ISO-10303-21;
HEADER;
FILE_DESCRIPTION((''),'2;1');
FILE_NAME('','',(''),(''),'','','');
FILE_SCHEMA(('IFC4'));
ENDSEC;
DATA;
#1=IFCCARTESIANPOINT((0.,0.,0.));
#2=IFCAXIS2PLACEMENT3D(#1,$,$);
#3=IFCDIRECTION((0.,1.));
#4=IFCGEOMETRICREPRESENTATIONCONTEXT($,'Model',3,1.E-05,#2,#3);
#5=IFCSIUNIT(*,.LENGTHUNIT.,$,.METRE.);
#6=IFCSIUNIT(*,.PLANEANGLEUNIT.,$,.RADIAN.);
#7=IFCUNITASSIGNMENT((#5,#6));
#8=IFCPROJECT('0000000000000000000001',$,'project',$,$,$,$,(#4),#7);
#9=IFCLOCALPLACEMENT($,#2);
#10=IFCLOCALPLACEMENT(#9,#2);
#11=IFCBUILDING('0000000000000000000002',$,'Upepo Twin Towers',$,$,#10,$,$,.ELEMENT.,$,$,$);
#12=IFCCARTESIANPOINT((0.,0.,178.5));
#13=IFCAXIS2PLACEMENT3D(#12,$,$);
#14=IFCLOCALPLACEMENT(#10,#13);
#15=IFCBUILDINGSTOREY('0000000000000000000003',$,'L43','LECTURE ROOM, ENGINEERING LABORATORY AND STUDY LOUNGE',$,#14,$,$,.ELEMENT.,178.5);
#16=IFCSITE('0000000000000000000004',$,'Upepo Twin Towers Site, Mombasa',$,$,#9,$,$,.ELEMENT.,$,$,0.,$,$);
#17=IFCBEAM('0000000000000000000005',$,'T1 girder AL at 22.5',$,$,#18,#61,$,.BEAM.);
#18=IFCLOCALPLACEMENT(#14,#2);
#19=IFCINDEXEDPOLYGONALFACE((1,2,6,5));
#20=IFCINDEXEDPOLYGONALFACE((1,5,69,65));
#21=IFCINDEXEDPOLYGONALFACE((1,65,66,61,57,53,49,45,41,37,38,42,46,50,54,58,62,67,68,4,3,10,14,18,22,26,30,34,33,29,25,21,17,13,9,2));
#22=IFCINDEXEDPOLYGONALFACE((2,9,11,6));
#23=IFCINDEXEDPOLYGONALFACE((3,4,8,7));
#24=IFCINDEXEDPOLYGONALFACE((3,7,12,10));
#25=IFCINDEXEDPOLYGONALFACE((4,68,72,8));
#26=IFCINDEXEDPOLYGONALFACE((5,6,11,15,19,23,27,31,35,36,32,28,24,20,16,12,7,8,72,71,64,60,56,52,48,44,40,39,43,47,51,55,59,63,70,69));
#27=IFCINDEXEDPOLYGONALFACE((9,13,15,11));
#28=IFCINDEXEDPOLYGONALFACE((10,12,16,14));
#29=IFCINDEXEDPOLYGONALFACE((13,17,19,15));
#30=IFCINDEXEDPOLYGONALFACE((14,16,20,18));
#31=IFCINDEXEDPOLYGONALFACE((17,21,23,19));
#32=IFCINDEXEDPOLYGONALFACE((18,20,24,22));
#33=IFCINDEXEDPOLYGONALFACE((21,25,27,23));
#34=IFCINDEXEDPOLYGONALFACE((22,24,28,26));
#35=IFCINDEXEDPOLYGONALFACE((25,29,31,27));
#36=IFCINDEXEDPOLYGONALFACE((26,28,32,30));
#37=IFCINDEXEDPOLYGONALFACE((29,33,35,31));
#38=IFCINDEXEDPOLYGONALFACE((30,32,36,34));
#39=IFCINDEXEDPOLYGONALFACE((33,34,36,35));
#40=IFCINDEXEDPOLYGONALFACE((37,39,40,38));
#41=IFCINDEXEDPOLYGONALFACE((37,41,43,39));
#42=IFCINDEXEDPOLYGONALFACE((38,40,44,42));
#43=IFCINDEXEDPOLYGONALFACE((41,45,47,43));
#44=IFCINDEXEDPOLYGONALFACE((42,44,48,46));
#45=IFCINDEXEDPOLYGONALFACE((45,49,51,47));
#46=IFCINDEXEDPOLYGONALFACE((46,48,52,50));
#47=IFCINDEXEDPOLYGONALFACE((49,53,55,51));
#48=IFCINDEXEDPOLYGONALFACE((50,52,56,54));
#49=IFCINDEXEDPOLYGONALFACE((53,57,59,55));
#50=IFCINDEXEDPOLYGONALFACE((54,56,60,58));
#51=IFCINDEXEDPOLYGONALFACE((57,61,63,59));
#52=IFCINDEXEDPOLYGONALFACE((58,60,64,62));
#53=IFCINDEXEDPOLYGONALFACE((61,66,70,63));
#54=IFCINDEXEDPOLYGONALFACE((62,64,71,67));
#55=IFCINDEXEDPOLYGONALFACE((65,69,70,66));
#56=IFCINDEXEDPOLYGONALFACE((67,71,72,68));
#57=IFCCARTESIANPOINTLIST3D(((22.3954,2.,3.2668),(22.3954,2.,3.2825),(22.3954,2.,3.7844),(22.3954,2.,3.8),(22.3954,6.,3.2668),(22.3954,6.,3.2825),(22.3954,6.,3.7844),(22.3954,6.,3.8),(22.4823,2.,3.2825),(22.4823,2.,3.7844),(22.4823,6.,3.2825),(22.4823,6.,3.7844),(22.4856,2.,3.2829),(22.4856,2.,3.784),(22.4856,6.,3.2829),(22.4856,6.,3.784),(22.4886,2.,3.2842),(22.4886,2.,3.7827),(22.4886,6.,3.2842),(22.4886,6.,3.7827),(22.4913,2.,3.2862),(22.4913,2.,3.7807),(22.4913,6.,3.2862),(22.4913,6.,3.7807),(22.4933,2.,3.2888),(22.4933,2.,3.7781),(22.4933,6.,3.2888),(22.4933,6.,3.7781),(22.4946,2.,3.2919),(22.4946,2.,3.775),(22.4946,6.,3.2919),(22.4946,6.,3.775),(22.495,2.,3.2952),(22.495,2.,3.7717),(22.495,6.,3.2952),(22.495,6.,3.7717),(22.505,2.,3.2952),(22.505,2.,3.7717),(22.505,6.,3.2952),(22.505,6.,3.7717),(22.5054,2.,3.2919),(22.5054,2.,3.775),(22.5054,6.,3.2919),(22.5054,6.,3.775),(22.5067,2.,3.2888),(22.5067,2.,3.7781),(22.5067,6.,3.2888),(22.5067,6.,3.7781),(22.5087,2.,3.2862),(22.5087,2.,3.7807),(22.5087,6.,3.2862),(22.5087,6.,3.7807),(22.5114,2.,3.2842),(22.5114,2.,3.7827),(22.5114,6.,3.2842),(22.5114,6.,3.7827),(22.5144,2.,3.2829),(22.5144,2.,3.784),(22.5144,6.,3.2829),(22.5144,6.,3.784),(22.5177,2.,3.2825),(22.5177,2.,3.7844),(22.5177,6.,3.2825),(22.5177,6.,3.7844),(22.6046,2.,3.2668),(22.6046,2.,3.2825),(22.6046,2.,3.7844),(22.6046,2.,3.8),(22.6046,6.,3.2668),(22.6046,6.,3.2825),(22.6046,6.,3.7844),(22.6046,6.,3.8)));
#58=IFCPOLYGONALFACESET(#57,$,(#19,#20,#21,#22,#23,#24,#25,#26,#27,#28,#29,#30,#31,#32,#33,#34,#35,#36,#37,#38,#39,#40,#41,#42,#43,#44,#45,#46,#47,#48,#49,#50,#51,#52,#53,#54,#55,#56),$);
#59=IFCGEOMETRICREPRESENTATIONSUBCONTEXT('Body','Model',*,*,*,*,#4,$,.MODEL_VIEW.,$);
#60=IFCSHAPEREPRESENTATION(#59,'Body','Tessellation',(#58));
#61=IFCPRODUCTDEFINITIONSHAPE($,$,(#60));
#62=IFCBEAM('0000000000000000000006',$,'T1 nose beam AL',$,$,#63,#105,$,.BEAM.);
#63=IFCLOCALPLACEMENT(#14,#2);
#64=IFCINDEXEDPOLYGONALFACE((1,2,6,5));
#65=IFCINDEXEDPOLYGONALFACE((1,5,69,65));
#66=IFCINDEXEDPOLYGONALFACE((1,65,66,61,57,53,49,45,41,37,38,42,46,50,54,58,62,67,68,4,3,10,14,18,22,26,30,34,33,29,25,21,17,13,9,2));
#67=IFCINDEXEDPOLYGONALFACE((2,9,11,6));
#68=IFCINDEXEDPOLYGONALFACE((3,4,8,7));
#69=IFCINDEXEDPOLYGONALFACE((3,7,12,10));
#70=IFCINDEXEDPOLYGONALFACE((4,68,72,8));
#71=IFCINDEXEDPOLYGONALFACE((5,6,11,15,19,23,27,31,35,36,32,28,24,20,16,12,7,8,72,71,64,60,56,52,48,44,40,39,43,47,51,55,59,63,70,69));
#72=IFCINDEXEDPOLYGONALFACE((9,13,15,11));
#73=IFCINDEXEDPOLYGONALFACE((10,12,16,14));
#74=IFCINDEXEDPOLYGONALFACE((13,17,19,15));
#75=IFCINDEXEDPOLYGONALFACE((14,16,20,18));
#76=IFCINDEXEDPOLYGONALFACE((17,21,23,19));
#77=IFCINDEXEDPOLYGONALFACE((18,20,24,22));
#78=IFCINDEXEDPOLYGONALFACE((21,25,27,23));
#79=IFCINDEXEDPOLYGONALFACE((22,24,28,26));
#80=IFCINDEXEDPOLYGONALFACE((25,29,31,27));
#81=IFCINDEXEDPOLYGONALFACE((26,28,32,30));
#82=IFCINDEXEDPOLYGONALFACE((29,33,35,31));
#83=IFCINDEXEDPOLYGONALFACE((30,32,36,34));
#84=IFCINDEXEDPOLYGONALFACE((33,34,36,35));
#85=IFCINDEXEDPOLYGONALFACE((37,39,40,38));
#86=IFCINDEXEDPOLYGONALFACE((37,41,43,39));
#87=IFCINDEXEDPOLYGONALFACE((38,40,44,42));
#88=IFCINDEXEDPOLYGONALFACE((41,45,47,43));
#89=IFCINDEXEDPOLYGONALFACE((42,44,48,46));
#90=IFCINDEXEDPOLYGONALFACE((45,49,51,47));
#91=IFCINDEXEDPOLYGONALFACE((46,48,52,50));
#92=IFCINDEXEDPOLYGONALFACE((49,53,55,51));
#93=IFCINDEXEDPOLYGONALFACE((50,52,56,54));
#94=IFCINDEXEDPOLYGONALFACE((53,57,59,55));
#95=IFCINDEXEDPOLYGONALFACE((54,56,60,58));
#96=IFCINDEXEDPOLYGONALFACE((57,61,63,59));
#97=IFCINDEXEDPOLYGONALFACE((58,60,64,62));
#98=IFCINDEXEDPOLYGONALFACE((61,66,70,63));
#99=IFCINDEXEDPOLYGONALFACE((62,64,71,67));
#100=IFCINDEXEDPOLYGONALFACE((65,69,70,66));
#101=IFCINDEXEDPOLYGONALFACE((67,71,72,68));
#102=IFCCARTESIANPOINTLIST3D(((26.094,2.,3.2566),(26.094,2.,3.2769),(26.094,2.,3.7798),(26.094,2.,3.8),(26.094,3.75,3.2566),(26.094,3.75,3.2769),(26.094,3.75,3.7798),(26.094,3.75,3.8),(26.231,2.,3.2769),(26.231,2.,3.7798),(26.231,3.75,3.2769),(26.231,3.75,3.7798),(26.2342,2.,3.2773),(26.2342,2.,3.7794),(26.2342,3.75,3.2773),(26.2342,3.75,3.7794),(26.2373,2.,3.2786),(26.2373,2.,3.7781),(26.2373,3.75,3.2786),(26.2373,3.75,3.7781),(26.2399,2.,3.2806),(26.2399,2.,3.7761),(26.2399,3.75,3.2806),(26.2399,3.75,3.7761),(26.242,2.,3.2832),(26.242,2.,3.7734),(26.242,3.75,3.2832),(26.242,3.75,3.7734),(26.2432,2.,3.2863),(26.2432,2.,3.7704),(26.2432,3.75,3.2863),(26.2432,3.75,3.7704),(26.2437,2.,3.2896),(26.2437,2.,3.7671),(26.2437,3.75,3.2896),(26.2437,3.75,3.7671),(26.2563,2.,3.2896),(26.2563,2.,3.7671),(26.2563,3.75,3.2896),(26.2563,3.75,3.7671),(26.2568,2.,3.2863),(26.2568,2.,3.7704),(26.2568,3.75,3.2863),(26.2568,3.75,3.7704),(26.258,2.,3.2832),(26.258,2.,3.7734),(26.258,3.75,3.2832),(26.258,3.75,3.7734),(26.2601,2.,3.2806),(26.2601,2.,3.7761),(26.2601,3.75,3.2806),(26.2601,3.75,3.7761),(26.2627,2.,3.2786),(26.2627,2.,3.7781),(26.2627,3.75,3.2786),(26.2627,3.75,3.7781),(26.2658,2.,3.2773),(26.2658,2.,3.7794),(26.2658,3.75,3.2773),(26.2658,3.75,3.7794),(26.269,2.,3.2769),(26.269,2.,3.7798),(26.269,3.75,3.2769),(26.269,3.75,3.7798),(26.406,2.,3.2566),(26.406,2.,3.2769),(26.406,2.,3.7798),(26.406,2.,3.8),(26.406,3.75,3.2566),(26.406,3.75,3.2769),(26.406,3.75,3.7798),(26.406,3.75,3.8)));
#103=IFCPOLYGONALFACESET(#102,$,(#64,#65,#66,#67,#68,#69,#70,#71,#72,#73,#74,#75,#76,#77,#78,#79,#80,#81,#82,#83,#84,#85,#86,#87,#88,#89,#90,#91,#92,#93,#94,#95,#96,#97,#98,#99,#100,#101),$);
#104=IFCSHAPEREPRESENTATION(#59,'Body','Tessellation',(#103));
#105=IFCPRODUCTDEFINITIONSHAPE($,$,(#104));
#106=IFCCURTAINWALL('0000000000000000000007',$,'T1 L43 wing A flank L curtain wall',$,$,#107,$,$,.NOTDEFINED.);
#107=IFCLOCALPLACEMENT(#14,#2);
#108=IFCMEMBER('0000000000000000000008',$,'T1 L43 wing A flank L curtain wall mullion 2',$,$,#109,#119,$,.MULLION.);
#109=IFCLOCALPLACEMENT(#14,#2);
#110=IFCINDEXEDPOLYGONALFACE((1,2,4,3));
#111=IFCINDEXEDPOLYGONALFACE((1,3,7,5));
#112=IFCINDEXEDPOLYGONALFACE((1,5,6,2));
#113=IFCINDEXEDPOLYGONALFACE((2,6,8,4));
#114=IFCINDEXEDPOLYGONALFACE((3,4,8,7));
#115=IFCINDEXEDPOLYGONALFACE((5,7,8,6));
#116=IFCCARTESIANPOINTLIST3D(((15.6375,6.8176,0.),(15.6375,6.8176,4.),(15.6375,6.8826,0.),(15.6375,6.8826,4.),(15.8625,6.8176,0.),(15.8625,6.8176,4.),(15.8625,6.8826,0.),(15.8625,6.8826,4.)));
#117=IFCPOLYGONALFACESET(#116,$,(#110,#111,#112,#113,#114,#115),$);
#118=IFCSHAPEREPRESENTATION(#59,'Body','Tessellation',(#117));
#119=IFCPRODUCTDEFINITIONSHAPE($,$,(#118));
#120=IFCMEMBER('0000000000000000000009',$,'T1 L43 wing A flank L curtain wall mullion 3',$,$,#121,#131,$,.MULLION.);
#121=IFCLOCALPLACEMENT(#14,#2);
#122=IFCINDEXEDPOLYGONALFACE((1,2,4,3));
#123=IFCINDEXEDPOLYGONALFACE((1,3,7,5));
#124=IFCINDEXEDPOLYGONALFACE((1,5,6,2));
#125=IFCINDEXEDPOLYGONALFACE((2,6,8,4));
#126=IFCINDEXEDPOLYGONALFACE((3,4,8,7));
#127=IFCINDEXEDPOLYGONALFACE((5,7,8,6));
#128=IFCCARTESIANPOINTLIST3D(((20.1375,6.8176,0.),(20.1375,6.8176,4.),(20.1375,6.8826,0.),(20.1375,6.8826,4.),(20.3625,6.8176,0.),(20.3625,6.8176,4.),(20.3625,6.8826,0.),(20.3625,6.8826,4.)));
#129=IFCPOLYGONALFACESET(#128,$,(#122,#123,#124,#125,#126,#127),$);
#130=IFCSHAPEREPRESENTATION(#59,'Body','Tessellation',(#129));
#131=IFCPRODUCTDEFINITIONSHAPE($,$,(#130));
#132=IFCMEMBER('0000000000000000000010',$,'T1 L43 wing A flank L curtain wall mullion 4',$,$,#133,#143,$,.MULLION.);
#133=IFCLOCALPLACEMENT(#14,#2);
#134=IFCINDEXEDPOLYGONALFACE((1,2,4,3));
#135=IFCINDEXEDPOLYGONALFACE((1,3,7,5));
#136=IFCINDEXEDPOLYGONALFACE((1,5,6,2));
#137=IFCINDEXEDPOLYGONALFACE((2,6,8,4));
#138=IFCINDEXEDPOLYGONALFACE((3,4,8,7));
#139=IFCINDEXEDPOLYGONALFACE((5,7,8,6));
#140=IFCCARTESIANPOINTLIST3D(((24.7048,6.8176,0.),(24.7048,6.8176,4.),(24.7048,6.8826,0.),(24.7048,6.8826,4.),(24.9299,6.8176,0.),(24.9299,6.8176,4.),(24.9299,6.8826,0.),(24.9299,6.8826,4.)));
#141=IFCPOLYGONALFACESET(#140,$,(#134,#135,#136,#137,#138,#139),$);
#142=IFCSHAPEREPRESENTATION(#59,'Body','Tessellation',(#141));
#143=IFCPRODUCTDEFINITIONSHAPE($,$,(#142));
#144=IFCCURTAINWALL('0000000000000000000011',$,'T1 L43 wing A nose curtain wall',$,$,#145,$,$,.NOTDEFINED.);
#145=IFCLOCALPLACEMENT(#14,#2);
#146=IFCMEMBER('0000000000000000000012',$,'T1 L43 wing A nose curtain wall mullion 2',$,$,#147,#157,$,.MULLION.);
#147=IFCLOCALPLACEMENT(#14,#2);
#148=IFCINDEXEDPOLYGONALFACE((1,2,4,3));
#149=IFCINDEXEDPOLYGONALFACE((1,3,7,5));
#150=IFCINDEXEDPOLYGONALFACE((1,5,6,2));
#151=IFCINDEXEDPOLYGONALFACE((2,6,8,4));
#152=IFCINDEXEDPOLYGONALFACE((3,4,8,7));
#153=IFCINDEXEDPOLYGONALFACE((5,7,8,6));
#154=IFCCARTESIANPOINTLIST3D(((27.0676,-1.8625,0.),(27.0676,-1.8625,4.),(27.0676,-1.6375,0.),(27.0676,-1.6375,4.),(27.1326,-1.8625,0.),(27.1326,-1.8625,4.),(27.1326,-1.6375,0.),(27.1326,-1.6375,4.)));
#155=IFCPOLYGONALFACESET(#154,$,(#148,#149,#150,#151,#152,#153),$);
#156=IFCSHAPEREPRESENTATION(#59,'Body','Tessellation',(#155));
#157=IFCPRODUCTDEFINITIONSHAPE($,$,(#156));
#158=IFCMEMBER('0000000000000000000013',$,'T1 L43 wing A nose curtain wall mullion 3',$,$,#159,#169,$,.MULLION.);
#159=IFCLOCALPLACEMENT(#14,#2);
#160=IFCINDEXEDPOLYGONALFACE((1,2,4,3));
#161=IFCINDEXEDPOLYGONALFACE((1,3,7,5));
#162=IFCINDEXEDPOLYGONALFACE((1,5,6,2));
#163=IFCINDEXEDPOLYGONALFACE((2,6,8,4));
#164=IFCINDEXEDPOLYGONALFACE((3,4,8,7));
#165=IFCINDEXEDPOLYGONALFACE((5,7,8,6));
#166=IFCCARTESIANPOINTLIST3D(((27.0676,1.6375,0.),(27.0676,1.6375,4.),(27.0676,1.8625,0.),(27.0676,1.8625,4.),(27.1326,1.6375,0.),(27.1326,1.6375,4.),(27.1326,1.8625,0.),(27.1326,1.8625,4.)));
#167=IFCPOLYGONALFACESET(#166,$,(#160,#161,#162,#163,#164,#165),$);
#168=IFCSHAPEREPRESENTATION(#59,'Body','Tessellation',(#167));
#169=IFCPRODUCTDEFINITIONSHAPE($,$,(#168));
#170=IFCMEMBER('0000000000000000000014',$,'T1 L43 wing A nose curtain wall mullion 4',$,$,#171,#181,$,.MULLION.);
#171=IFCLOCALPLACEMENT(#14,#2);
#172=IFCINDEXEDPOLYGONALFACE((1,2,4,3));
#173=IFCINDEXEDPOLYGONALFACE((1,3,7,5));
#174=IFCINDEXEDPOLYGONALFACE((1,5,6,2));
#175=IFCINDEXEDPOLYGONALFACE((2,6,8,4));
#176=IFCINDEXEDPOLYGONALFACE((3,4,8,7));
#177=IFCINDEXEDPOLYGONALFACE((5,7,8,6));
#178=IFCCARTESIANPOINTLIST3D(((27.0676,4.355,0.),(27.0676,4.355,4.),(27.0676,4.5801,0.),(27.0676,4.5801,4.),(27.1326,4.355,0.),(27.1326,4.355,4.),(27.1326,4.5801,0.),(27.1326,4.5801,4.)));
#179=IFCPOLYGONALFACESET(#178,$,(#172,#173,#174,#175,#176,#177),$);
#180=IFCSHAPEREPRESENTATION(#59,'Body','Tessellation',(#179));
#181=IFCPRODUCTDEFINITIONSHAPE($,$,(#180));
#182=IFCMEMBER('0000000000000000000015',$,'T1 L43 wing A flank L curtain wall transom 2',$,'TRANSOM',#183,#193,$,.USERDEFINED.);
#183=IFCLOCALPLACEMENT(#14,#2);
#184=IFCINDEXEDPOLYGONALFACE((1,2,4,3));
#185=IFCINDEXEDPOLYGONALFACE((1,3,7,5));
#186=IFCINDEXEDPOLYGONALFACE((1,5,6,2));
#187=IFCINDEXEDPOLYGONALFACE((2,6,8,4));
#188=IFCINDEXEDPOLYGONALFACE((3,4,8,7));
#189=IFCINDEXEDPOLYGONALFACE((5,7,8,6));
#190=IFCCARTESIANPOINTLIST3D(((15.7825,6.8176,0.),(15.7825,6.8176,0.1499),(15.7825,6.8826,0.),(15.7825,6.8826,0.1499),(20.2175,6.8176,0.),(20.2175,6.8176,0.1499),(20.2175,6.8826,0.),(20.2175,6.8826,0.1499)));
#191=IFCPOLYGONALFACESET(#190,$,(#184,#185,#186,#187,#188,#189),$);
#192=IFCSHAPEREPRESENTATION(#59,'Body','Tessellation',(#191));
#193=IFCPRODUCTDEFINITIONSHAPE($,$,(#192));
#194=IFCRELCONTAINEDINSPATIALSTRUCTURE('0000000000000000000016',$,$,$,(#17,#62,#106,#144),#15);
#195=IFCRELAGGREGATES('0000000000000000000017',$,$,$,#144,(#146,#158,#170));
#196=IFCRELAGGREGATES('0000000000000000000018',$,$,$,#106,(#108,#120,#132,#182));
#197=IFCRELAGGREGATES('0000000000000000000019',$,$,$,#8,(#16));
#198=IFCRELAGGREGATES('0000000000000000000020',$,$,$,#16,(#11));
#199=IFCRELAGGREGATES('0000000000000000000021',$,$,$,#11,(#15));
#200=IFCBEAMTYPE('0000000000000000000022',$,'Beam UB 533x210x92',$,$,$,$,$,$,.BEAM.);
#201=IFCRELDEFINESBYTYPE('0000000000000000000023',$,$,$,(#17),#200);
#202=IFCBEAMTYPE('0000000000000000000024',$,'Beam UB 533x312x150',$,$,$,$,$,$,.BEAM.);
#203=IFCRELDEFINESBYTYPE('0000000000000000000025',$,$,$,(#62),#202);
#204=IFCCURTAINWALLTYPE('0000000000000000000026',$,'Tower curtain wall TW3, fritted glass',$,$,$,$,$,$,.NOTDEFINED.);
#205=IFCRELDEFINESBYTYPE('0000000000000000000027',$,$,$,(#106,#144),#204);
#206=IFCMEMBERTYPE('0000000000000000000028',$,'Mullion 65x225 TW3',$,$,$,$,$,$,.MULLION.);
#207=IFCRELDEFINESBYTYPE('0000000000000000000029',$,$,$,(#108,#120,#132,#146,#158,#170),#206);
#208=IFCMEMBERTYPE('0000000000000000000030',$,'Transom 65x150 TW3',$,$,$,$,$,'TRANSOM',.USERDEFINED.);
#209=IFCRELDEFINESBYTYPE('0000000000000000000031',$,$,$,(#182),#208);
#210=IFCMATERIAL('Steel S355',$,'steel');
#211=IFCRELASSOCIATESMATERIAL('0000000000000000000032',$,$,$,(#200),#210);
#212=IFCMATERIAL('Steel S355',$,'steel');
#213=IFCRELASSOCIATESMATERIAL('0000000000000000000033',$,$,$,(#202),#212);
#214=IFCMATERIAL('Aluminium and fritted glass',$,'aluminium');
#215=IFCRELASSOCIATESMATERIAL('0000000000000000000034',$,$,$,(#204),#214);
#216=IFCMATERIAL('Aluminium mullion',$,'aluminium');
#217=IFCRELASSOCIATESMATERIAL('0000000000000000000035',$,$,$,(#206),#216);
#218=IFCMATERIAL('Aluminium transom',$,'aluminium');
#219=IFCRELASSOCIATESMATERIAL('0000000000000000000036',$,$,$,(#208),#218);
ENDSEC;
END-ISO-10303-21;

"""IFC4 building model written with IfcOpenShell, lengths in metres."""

from ifc_helpers import new_model, si_unit, direction, frame, origin, origin_2d, place, context, subcontext, project, spatial, rectangle, i_section, extrude, material, material_profile, profile_set, type_object, element, aggregate, save


model = new_model("IFC4")

# Units and contexts
model_context = context("Model", 3, precision=1e-05, world=origin(), true_north=direction((0.0, 1.0)))
body_context = subcontext(model_context, "Body", "Model", "MODEL_VIEW")
ifc_project = project(units=[si_unit("LENGTHUNIT", "METRE"), si_unit("PLANEANGLEUNIT", "RADIAN")], contexts=[model_context])

# Site, building, storey
site_placement = place(None, origin())
site = spatial("IfcSite", under=ifc_project, at=site_placement, Name="Upepo Twin Towers Site, Mombasa", CompositionType="ELEMENT", RefElevation=0.0)
building_placement = place(site_placement, origin())
building = spatial("IfcBuilding", under=site, at=building_placement, Name="Upepo Twin Towers", CompositionType="ELEMENT")
storey_placement = place(building_placement, frame((0.0, 0.0, 178.5)))
storey = spatial("IfcBuildingStorey", under=building, at=storey_placement, Name="L43", Description="LECTURE ROOM, ENGINEERING LABORATORY AND STUDY LOUNGE", CompositionType="ELEMENT", Elevation=178.5)

# Beams
ifc_material_1 = material(Name="Steel S355", Category="steel")
ifc_material_profile_1 = material_profile(ifc_material_1, i_section(OverallWidth=0.2092, OverallDepth=0.5332, WebThickness=0.01, FlangeThickness=0.0156, FilletRadius=0.0127, at=origin_2d()), Name="UB 533x210x92")
ifc_profile_set_1 = profile_set([ifc_material_profile_1], Name="Steel S355")
beam_type_1 = type_object("IfcBeamType", Name="Beam UB 533x210x92", PredefinedType="BEAM", material=ifc_profile_set_1)
for number, where, z_axis, x_axis, name in (
    (1, (22.5, 6.0, 3.5334), (0.0, -1.0, 0.0), (1.0, 0.0, 0.0), "T1 girder AL at 22.5"),
):
    element("IfcBeam", number, at=place(storey_placement, frame(where, z_axis=z_axis, x_axis=x_axis)), inside=storey, type_object=beam_type_1, Name=name, PredefinedType="BEAM", context=body_context, shape_type="SweptSolid", body=[
        extrude(i_section(OverallWidth=0.2092, OverallDepth=0.5332, WebThickness=0.01, FlangeThickness=0.0156, FilletRadius=0.0127, at=origin_2d()), origin(), (0.0, 0.0, 1.0), 4.0),
    ])
ifc_material_2 = material(Name="Steel S355", Category="steel")
ifc_material_profile_2 = material_profile(ifc_material_2, i_section(OverallWidth=0.312, OverallDepth=0.5435, WebThickness=0.0127, FlangeThickness=0.0203, FilletRadius=0.0127, at=origin_2d()), Name="UB 533x312x150")
ifc_profile_set_2 = profile_set([ifc_material_profile_2], Name="Steel S355")
beam_type_2 = type_object("IfcBeamType", Name="Beam UB 533x312x150", PredefinedType="BEAM", material=ifc_profile_set_2)
beam_1_placement = place(storey_placement, frame((26.25, 3.75, 3.5283), z_axis=(0.0, -1.0, 0.0), x_axis=(1.0, 0.0, 0.0)))
element("IfcBeam", 2, at=beam_1_placement, inside=storey, type_object=beam_type_2, Name="T1 nose beam AL", PredefinedType="BEAM", context=body_context, shape_type="SweptSolid", body=[
    extrude(i_section(OverallWidth=0.312, OverallDepth=0.5435, WebThickness=0.0127, FlangeThickness=0.0203, FilletRadius=0.0127, at=origin_2d()), origin(), (0.0, 0.0, 1.0), 1.75),
])

# Curtain walls, members
ifc_material_3 = material(Name="Aluminium and fritted glass", Category="aluminium")
curtain_wall_type = type_object("IfcCurtainWallType", Name="Tower curtain wall TW3, fritted glass", PredefinedType="NOTDEFINED", material=ifc_material_3)
curtain_wall_1_placement = place(storey_placement, origin())
curtain_wall_1 = element("IfcCurtainWall", 3, at=curtain_wall_1_placement, inside=storey, type_object=curtain_wall_type, Name="T1 L43 wing A flank L curtain wall", PredefinedType="NOTDEFINED")
ifc_material_4 = material(Name="Aluminium mullion", Category="aluminium")
ifc_material_profile_3 = material_profile(ifc_material_4, rectangle(XDim=0.0649, YDim=0.2251, at=origin_2d()), Name="MULLION 65x225")
ifc_profile_set_3 = profile_set([ifc_material_profile_3], Name="Aluminium mullion")
member_type_1 = type_object("IfcMemberType", Name="Mullion 65x225 TW3", PredefinedType="MULLION", material=ifc_profile_set_3)
member_1_placement = place(storey_placement, frame((15.75, 6.8501, 0.0), z_axis=(0.0, 0.0, 1.0), x_axis=(0.0, 1.0, 0.0)))
member_1 = element("IfcMember", 4, at=member_1_placement, type_object=member_type_1, Name="T1 L43 wing A flank L curtain wall mullion 2", PredefinedType="MULLION", context=body_context, shape_type="SweptSolid", body=[
    extrude(rectangle(XDim=0.0649, YDim=0.2251, at=origin_2d()), origin(), (0.0, 0.0, 1.0), 4.0),
])
member_2_placement = place(storey_placement, frame((20.25, 6.8501, 0.0), z_axis=(0.0, 0.0, 1.0), x_axis=(0.0, 1.0, 0.0)))
member_2 = element("IfcMember", 5, at=member_2_placement, type_object=member_type_1, Name="T1 L43 wing A flank L curtain wall mullion 3", PredefinedType="MULLION", context=body_context, shape_type="SweptSolid", body=[
    extrude(rectangle(XDim=0.0649, YDim=0.2251, at=origin_2d()), origin(), (0.0, 0.0, 1.0), 4.0),
])
member_3_placement = place(storey_placement, frame((24.8174, 6.8501, 0.0), z_axis=(0.0, 0.0, 1.0), x_axis=(0.0, 1.0, 0.0)))
member_3 = element("IfcMember", 6, at=member_3_placement, type_object=member_type_1, Name="T1 L43 wing A flank L curtain wall mullion 4", PredefinedType="MULLION", context=body_context, shape_type="SweptSolid", body=[
    extrude(rectangle(XDim=0.0649, YDim=0.2251, at=origin_2d()), origin(), (0.0, 0.0, 1.0), 4.0),
])
curtain_wall_2_placement = place(storey_placement, origin())
curtain_wall_2 = element("IfcCurtainWall", 7, at=curtain_wall_2_placement, inside=storey, type_object=curtain_wall_type, Name="T1 L43 wing A nose curtain wall", PredefinedType="NOTDEFINED")
member_4_placement = place(storey_placement, frame((27.1001, -1.75, 0.0), z_axis=(0.0, 0.0, 1.0), x_axis=(-1.0, 0.0, 0.0)))
member_4 = element("IfcMember", 8, at=member_4_placement, type_object=member_type_1, Name="T1 L43 wing A nose curtain wall mullion 2", PredefinedType="MULLION", context=body_context, shape_type="SweptSolid", body=[
    extrude(rectangle(XDim=0.0649, YDim=0.2251, at=origin_2d()), origin(), (0.0, 0.0, 1.0), 4.0),
])
member_5_placement = place(storey_placement, frame((27.1001, 1.75, 0.0), z_axis=(0.0, 0.0, 1.0), x_axis=(-1.0, 0.0, 0.0)))
member_5 = element("IfcMember", 9, at=member_5_placement, type_object=member_type_1, Name="T1 L43 wing A nose curtain wall mullion 3", PredefinedType="MULLION", context=body_context, shape_type="SweptSolid", body=[
    extrude(rectangle(XDim=0.0649, YDim=0.2251, at=origin_2d()), origin(), (0.0, 0.0, 1.0), 4.0),
])
member_6_placement = place(storey_placement, frame((27.1001, 4.4675, 0.0), z_axis=(0.0, 0.0, 1.0), x_axis=(-1.0, 0.0, 0.0)))
member_6 = element("IfcMember", 10, at=member_6_placement, type_object=member_type_1, Name="T1 L43 wing A nose curtain wall mullion 4", PredefinedType="MULLION", context=body_context, shape_type="SweptSolid", body=[
    extrude(rectangle(XDim=0.0649, YDim=0.2251, at=origin_2d()), origin(), (0.0, 0.0, 1.0), 4.0),
])
aggregate(curtain_wall_2, [member_4, member_5, member_6])

# Member
ifc_material_5 = material(Name="Aluminium transom", Category="aluminium")
ifc_material_profile_4 = material_profile(ifc_material_5, rectangle(XDim=0.0649, YDim=0.1499, at=origin_2d()), Name="TRANSOM 65x150")
ifc_profile_set_4 = profile_set([ifc_material_profile_4], Name="Aluminium transom")
member_type_2 = type_object("IfcMemberType", Name="Transom 65x150 TW3", ElementType="TRANSOM", PredefinedType="USERDEFINED", material=ifc_profile_set_4)
member_7_placement = place(storey_placement, frame((15.7825, 6.8501, 0.075), z_axis=(1.0, 0.0, 0.0), x_axis=(0.0, 1.0, 0.0)))
member_7 = element("IfcMember", 11, at=member_7_placement, type_object=member_type_2, Name="T1 L43 wing A flank L curtain wall transom 2", ObjectType="TRANSOM", PredefinedType="USERDEFINED", context=body_context, shape_type="SweptSolid", body=[
    extrude(rectangle(XDim=0.0649, YDim=0.1499, at=origin_2d()), origin(), (0.0, 0.0, 1.0), 4.4351),
])

aggregate(curtain_wall_1, [member_1, member_2, member_3, member_7])

save(model, "model.ifc")
